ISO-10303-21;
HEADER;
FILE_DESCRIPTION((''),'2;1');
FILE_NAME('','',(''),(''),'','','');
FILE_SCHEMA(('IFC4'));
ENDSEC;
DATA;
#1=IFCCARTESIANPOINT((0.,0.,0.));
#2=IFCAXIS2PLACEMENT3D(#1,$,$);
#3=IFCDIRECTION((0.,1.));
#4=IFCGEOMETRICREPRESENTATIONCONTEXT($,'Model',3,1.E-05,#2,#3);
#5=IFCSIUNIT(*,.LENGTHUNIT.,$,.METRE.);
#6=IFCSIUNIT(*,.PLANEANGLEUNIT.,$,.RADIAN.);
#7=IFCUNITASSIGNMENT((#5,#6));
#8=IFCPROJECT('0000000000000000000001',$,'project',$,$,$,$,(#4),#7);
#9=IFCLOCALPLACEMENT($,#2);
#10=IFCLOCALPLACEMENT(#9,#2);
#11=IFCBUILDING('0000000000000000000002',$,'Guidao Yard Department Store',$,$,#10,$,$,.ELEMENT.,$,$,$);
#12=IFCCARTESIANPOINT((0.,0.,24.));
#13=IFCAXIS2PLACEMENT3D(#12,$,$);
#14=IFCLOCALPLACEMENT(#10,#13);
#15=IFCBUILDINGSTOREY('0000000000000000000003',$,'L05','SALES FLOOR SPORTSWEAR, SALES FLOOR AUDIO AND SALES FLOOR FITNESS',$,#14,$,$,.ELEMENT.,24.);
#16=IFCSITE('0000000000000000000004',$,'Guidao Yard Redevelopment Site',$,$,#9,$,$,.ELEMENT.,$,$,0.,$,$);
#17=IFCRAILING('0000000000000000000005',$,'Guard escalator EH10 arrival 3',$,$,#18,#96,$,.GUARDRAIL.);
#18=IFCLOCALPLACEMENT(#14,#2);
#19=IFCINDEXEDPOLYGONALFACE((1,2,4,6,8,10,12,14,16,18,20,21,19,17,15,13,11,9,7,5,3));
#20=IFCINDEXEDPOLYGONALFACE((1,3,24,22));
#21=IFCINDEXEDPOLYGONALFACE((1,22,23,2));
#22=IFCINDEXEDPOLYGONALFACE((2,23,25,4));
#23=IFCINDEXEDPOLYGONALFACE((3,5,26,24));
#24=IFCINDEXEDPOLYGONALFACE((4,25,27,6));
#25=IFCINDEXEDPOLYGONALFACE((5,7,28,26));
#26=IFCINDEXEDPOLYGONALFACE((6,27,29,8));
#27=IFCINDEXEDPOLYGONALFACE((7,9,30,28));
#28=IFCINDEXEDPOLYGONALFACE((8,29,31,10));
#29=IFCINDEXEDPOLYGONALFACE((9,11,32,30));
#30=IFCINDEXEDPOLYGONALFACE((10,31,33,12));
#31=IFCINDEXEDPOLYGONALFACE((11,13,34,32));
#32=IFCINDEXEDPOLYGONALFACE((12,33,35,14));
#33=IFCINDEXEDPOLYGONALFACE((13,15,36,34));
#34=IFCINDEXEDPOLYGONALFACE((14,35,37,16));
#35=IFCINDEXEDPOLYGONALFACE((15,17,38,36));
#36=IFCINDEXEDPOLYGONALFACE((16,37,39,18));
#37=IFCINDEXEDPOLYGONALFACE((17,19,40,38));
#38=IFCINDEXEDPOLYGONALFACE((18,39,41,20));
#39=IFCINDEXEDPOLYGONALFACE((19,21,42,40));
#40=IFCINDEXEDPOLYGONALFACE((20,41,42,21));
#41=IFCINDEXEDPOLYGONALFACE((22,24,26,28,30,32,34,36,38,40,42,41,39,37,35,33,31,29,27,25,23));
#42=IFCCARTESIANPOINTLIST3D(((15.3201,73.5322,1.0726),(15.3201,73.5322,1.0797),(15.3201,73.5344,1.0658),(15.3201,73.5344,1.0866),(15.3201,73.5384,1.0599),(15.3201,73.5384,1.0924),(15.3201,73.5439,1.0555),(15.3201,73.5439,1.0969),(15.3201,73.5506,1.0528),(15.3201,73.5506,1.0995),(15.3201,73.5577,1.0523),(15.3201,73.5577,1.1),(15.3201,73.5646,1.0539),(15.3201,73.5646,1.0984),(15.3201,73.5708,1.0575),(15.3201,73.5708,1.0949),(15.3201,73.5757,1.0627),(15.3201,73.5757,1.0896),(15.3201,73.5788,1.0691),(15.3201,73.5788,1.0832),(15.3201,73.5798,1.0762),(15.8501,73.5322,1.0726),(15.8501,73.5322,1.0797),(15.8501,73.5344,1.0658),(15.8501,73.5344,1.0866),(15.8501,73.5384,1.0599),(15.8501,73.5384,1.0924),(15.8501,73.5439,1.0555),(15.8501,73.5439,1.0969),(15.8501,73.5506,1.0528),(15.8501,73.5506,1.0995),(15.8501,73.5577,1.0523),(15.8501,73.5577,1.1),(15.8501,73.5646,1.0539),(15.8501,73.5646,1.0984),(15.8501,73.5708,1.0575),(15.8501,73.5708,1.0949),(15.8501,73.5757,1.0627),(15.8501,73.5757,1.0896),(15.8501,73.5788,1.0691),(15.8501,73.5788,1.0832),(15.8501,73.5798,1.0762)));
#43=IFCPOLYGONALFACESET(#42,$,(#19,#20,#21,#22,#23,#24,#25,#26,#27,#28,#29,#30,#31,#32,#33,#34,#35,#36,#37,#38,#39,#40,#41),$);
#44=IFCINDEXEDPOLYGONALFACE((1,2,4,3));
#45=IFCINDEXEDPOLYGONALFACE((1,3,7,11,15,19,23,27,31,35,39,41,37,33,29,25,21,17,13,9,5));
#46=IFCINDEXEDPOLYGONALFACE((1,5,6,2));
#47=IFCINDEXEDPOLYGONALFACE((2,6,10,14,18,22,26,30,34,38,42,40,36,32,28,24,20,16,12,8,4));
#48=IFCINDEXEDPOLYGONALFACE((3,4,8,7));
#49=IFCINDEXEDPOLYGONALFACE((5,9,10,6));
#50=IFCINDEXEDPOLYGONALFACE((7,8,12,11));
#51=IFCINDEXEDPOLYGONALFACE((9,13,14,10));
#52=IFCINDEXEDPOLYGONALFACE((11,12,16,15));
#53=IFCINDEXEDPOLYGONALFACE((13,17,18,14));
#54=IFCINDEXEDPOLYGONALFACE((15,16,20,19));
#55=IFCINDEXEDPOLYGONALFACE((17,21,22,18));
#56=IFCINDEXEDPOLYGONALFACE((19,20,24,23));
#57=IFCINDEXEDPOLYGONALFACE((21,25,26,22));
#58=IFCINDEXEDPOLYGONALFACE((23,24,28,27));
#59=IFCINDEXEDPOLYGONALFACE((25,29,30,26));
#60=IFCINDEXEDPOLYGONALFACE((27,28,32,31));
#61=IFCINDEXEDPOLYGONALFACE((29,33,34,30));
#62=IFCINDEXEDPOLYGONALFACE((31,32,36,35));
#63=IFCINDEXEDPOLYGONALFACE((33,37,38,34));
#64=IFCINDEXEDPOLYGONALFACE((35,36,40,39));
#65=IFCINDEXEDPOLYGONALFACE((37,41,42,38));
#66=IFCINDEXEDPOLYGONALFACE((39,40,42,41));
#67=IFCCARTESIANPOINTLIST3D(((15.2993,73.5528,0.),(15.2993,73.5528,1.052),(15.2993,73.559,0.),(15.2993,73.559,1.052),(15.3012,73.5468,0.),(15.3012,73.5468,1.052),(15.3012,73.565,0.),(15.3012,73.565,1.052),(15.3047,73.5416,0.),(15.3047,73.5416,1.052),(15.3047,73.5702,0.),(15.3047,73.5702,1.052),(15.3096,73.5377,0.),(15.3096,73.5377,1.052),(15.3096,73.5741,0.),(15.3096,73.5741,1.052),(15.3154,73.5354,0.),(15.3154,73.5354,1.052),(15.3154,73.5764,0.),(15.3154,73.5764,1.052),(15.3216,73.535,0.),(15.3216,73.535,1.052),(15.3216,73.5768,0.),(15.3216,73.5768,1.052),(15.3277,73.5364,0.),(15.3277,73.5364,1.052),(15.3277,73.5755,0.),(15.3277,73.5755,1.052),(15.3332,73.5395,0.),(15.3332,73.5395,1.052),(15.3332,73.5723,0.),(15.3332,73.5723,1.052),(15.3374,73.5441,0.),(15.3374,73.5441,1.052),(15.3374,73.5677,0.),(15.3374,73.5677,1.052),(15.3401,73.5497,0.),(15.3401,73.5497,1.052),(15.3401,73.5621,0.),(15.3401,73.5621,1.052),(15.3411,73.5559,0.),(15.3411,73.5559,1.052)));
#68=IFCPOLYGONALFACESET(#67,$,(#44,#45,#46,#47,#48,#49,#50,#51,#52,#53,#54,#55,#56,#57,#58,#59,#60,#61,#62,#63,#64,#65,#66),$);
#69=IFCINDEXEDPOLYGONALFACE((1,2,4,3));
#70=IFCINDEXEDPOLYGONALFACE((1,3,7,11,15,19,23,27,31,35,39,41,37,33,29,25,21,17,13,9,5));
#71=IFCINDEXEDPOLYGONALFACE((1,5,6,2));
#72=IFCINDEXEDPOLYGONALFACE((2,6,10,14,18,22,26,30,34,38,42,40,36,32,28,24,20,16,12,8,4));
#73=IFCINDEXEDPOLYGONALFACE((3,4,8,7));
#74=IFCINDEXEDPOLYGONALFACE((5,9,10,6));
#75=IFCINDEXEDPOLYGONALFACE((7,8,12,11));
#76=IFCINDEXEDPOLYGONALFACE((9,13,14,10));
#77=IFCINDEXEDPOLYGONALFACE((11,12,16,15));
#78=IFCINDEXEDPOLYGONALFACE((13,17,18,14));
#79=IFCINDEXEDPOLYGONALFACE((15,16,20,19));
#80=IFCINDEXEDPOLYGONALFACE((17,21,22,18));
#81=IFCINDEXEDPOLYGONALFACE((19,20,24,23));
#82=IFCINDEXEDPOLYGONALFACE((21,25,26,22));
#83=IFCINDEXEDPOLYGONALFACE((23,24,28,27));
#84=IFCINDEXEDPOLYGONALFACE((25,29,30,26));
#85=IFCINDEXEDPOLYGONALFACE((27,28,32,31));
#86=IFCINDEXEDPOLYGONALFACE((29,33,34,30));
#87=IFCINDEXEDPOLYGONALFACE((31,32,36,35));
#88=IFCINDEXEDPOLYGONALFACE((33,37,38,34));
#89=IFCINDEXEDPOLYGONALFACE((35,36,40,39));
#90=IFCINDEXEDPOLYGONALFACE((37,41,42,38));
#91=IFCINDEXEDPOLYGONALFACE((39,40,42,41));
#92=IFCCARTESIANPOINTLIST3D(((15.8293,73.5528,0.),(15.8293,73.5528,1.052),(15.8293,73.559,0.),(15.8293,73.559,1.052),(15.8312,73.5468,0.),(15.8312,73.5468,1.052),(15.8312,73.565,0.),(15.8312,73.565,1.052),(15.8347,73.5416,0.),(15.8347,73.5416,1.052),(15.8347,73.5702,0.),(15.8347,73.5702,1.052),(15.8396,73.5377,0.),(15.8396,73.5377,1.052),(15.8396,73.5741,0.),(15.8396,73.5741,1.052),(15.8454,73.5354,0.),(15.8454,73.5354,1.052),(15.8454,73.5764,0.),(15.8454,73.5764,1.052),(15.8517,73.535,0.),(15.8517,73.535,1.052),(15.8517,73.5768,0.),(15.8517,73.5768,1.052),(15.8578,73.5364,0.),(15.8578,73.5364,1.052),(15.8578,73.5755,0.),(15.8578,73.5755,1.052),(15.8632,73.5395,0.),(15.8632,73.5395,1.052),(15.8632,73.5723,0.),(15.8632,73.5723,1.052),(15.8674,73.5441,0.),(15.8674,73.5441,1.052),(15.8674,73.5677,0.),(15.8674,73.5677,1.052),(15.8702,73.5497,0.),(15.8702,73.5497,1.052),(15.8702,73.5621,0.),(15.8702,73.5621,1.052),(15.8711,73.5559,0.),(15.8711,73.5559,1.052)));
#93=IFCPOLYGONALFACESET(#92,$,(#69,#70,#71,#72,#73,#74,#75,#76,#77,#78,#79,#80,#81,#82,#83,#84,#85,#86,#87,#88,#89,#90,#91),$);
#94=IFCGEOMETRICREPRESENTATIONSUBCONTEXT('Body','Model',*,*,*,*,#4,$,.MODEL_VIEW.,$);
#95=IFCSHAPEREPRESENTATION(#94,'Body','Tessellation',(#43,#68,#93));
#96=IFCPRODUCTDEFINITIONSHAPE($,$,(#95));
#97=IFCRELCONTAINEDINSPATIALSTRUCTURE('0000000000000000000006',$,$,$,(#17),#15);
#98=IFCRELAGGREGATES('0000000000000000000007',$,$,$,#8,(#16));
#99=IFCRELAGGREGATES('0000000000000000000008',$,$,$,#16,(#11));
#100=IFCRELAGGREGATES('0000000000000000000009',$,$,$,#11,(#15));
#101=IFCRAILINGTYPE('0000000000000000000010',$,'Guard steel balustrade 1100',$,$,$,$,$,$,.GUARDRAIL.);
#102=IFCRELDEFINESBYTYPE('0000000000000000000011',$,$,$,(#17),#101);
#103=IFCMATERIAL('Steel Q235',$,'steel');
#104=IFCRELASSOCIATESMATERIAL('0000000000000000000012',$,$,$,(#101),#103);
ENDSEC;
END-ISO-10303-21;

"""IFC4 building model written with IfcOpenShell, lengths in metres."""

from ifc_helpers import new_model, si_unit, direction, frame, origin, origin_2d, place, context, subcontext, project, spatial, circle, extrude, material, type_object, element, save


model = new_model("IFC4")

# Units and contexts
model_context = context("Model", 3, precision=1e-05, world=origin(), true_north=direction((0.0, 1.0)))
body_context = subcontext(model_context, "Body", "Model", "MODEL_VIEW")
ifc_project = project(units=[si_unit("LENGTHUNIT", "METRE"), si_unit("PLANEANGLEUNIT", "RADIAN")], contexts=[model_context])

# Site, building, storey
site_placement = place(None, origin())
site = spatial("IfcSite", under=ifc_project, at=site_placement, Name="Guidao Yard Redevelopment Site", CompositionType="ELEMENT", RefElevation=0.0)
building_placement = place(site_placement, origin())
building = spatial("IfcBuilding", under=site, at=building_placement, Name="Guidao Yard Department Store", CompositionType="ELEMENT")
storey_placement = place(building_placement, frame((0.0, 0.0, 24.0)))
storey = spatial("IfcBuildingStorey", under=building, at=storey_placement, Name="L05", Description="SALES FLOOR SPORTSWEAR, SALES FLOOR AUDIO AND SALES FLOOR FITNESS", CompositionType="ELEMENT", Elevation=24.0)

# Railing
ifc_material_1 = material(Name="Steel Q235", Category="steel")
railing_type = type_object("IfcRailingType", Name="Guard steel balustrade 1100", PredefinedType="GUARDRAIL", material=ifc_material_1)
railing_1_placement = place(storey_placement, frame((15.3201, 73.5559, 0.0)))
element("IfcRailing", 1, at=railing_1_placement, inside=storey, type_object=railing_type, Name="Guard escalator EH10 arrival 3", PredefinedType="GUARDRAIL", context=body_context, shape_type="SweptSolid", body=[
    extrude(circle(Radius=0.0239, at=origin_2d()), frame((0.0, 0.0, 1.0762), z_axis=(1.0, 0.0, 0.0), x_axis=(0.0, 1.0, 0.0)), (0.0, 0.0, 1.0), 0.53),
    extrude(circle(Radius=0.021, at=origin_2d()), origin(), (0.0, 0.0, 1.0), 1.052),
    extrude(circle(Radius=0.021, at=origin_2d()), frame((0.53, 0.0, 0.0)), (0.0, 0.0, 1.0), 1.052),
])

save(model, "model.ifc")
